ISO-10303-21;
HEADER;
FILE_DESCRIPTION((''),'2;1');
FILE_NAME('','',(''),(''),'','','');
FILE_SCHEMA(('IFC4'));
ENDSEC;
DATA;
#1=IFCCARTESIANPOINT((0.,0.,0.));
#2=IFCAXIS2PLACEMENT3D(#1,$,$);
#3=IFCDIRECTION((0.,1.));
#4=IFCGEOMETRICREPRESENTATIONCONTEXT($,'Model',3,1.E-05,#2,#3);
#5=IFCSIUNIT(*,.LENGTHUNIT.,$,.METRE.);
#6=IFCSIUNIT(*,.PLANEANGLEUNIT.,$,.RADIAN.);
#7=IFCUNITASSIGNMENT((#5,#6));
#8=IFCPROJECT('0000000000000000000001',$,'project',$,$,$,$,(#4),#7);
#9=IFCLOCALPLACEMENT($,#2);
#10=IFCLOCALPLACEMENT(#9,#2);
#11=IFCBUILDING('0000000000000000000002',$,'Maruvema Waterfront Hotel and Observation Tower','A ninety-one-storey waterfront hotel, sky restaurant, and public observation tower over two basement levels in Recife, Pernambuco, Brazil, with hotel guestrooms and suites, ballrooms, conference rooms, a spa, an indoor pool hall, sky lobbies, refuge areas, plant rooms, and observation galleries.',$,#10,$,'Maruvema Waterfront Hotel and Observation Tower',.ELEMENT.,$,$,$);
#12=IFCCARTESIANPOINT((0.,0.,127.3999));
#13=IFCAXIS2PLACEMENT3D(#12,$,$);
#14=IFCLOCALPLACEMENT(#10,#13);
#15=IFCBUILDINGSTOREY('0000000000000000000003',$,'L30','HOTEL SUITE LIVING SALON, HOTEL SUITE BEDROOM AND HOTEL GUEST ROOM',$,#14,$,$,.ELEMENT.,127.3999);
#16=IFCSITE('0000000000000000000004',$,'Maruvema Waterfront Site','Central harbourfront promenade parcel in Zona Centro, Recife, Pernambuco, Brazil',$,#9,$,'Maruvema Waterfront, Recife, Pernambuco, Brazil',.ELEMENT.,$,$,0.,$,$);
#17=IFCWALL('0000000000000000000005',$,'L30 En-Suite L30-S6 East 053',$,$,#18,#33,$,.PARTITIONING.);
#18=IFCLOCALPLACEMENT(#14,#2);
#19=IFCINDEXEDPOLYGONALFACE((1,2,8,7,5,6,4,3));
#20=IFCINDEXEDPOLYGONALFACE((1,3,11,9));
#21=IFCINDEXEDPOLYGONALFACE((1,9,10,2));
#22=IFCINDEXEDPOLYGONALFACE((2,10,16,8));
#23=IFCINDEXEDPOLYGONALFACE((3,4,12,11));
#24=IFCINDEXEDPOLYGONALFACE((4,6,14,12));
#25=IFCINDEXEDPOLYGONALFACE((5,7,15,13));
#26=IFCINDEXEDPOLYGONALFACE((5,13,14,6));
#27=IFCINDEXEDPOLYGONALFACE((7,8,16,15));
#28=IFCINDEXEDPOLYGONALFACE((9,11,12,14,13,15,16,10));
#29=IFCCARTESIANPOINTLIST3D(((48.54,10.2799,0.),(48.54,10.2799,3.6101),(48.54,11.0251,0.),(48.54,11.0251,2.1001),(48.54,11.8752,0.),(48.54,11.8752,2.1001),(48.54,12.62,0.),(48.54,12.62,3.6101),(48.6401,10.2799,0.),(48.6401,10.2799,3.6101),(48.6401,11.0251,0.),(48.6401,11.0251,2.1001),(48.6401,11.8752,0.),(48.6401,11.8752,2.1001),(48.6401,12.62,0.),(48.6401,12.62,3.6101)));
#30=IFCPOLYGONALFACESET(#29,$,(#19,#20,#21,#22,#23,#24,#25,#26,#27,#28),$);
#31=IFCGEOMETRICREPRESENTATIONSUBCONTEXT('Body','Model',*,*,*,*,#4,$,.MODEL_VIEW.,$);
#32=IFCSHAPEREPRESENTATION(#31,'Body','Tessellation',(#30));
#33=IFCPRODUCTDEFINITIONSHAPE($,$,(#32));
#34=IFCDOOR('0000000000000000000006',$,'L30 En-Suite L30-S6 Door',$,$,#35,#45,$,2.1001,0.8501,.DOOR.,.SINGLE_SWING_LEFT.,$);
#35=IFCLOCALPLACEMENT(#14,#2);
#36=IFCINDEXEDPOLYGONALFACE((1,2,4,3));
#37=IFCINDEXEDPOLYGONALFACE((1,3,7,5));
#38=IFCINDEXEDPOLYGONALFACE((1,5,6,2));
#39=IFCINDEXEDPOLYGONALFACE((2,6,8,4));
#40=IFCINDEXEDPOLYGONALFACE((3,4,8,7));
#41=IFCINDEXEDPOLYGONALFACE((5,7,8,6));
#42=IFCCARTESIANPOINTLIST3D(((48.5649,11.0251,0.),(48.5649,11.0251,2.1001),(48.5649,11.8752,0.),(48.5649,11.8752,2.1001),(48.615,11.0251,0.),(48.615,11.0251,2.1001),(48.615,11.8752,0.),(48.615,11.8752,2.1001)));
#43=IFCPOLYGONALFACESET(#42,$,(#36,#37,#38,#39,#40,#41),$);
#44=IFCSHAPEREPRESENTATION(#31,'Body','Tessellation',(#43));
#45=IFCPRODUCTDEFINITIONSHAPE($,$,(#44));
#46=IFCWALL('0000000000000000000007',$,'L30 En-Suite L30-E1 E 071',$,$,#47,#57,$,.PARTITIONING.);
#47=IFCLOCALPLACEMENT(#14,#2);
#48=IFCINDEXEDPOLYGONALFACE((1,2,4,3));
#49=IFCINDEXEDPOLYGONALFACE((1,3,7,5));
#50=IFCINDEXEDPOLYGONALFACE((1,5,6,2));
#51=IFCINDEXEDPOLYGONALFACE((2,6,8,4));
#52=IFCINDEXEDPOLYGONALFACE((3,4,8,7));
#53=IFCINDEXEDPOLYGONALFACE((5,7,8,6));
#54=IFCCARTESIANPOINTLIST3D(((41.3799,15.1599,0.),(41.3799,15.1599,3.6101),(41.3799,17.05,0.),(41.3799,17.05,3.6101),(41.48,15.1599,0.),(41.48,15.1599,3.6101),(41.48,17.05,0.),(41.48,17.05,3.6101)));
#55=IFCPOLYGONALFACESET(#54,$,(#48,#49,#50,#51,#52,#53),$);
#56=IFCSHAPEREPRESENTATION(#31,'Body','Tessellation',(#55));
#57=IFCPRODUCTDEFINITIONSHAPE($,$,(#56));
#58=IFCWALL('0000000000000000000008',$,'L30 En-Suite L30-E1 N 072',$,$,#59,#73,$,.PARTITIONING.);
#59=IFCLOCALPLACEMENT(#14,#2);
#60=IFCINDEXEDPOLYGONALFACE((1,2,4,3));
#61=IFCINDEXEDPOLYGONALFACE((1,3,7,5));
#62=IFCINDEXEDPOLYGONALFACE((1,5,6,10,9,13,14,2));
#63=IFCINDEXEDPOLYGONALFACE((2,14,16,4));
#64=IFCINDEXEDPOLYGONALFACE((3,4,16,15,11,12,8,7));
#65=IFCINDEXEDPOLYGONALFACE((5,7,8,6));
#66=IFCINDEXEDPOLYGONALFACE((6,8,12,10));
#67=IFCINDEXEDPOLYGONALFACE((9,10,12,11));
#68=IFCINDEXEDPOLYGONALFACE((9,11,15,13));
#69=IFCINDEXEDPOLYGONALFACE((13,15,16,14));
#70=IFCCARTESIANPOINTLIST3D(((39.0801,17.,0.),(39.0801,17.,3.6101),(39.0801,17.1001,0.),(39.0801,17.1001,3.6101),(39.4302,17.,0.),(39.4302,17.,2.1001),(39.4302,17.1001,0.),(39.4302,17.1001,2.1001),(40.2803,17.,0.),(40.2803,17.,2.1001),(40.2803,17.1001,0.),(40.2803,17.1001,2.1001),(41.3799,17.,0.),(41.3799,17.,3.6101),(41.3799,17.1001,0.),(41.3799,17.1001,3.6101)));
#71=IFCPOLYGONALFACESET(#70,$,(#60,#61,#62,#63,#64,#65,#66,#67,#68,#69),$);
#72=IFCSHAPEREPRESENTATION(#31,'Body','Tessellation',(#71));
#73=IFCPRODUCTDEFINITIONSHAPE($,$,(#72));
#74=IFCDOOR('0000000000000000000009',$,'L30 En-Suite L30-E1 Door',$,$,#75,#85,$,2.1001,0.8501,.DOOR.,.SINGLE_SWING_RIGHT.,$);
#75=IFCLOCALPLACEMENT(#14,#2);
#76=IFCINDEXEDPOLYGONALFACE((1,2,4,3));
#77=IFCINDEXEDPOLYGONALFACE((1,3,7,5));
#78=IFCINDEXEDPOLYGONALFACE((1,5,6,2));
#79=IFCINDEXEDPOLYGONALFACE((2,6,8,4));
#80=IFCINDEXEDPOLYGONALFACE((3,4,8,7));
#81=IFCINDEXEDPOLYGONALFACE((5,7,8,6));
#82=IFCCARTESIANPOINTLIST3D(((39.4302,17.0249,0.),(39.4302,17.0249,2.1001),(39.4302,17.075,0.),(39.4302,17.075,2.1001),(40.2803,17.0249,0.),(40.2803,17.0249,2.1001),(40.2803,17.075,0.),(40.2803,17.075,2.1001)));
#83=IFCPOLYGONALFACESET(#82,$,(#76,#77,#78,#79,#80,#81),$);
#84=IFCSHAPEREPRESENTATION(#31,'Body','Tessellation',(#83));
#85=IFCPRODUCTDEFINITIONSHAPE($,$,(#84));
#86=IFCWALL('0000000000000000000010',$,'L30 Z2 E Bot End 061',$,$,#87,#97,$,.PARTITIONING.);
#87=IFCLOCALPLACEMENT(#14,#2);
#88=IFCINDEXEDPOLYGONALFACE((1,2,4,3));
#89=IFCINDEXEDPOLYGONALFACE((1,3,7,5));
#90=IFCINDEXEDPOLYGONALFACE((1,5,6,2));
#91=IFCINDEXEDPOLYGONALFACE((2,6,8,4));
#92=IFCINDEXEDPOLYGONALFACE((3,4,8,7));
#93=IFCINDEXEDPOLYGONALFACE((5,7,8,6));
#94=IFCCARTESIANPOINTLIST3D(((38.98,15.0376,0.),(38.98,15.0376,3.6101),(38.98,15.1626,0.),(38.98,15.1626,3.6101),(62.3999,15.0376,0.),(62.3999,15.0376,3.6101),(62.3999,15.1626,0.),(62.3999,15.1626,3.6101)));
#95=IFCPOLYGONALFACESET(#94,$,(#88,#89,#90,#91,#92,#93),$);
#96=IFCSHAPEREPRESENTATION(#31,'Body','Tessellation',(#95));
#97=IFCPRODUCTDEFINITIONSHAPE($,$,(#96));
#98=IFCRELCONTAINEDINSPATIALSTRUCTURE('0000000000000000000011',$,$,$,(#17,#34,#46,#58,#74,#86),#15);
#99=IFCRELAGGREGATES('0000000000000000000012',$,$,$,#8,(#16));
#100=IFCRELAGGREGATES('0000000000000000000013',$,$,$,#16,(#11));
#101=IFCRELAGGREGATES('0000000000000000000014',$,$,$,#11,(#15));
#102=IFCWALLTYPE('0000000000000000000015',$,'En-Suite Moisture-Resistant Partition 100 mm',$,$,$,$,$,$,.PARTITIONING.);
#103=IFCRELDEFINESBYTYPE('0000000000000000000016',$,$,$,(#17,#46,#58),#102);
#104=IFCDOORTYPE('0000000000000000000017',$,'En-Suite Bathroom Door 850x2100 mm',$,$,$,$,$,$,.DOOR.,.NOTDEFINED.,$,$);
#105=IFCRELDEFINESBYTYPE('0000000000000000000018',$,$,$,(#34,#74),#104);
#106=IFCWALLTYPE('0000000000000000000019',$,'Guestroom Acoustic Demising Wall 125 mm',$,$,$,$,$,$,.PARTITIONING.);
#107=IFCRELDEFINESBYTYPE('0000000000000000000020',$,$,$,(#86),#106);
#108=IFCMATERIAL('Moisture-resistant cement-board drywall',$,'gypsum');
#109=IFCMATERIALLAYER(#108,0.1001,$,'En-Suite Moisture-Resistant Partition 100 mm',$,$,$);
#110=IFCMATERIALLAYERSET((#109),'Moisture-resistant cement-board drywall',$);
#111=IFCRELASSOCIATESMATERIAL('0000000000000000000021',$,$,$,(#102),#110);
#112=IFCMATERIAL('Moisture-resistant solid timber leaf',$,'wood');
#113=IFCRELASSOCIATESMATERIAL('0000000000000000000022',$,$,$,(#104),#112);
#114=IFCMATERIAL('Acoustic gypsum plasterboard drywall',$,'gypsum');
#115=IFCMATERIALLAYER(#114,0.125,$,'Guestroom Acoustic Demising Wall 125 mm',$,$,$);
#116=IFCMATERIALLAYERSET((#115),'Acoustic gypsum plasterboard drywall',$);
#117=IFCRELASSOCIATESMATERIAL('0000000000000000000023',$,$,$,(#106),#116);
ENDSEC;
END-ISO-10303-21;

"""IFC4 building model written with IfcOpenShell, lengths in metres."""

from ifc_helpers import new_model, si_unit, direction, frame, frame_2d, origin, place, context, subcontext, project, spatial, rectangle, extrude, material, layer, layer_set, type_object, element, fill, save


model = new_model("IFC4")

# Units and contexts
model_context = context("Model", 3, precision=1e-05, world=origin(), true_north=direction((0.0, 1.0)))
body_context = subcontext(model_context, "Body", "Model", "MODEL_VIEW")
ifc_project = project(units=[si_unit("LENGTHUNIT", "METRE"), si_unit("PLANEANGLEUNIT", "RADIAN")], contexts=[model_context])

# Site, building, storey
site_placement = place(None, origin())
site = spatial("IfcSite", under=ifc_project, at=site_placement, Name="Maruvema Waterfront Site", Description="Central harbourfront promenade parcel in Zona Centro, Recife, Pernambuco, Brazil", LongName="Maruvema Waterfront, Recife, Pernambuco, Brazil", CompositionType="ELEMENT", RefElevation=0.0)
building_placement = place(site_placement, origin())
building = spatial("IfcBuilding", under=site, at=building_placement, Name="Maruvema Waterfront Hotel and Observation Tower", Description="A ninety-one-storey waterfront hotel, sky restaurant, and public observation tower over two basement levels in Recife, Pernambuco, Brazil, with hotel guestrooms and suites, ballrooms, conference rooms, a spa, an indoor pool hall, sky lobbies, refuge areas, plant rooms, and observation galleries.", LongName="Maruvema Waterfront Hotel and Observation Tower", CompositionType="ELEMENT")
storey_placement = place(building_placement, frame((0.0, 0.0, 127.3999)))
storey = spatial("IfcBuildingStorey", under=building, at=storey_placement, Name="L30", Description="HOTEL SUITE LIVING SALON, HOTEL SUITE BEDROOM AND HOTEL GUEST ROOM", CompositionType="ELEMENT", Elevation=127.3999)

# Wall, opening, door
ifc_material_1 = material(Name="Moisture-resistant cement-board drywall", Category="gypsum")
ifc_layer_1 = layer(ifc_material_1, 0.1001, Name="En-Suite Moisture-Resistant Partition 100 mm")
ifc_layer_set_1 = layer_set([ifc_layer_1], Name="Moisture-resistant cement-board drywall")
wall_type_1 = type_object("IfcWallType", Name="En-Suite Moisture-Resistant Partition 100 mm", PredefinedType="PARTITIONING", material=ifc_layer_set_1)
wall_1_placement = place(storey_placement, frame((48.5901, 10.28, 0.0), z_axis=(0.0, 0.0, 1.0), x_axis=(0.0, 1.0, 0.0)))
wall_1 = element("IfcWall", 1, at=wall_1_placement, inside=storey, type_object=wall_type_1, Name="L30 En-Suite L30-S6 East 053", PredefinedType="PARTITIONING", context=body_context, shape_type="SweptSolid", body=[
    extrude(rectangle(XDim=2.3401, YDim=0.1001, at=frame_2d((1.1699, 0.0))), origin(), (0.0, 0.0, 1.0), 3.6101),
])
opening_1_placement = place(wall_1_placement, frame((0.7451, 0.0, 0.0)))
opening_1 = element("IfcOpeningElement", 2, at=opening_1_placement, cuts=wall_1, PredefinedType="OPENING", context=body_context, shape_type="SweptSolid", body=[
    extrude(rectangle(XDim=0.8501, YDim=2.1001, at=frame_2d((0.425, 1.05))), frame((0.0, 0.0601, 0.0), z_axis=(0.0, -1.0, 0.0), x_axis=(1.0, 0.0, 0.0)), (0.0, 0.0, 1.0), 0.1201),
])
ifc_material_2 = material(Name="Moisture-resistant solid timber leaf", Category="wood")
door_type_1 = type_object("IfcDoorType", Name="En-Suite Bathroom Door 850x2100 mm", OperationType="NOTDEFINED", PredefinedType="DOOR", material=ifc_material_2)
door_1_placement = place(opening_1_placement, frame((0.8501, 0.0, 0.0), z_axis=(0.0, 0.0, 1.0), x_axis=(-1.0, 0.0, 0.0)))
door_1 = element("IfcDoor", 3, at=door_1_placement, inside=storey, type_object=door_type_1, Name="L30 En-Suite L30-S6 Door", OperationType="SINGLE_SWING_LEFT", OverallHeight=2.1001, OverallWidth=0.8501, PredefinedType="DOOR", context=body_context, shape_type="SweptSolid", body=[
    extrude(rectangle(XDim=0.8501, YDim=2.1001, at=frame_2d((0.425, 1.05))), frame((0.0, 0.0249, 0.0), z_axis=(0.0, -1.0, 0.0), x_axis=(1.0, 0.0, 0.0)), (0.0, 0.0, 1.0), 0.05),
])
fill(opening_1, door_1)

# Wall
wall_2_placement = place(storey_placement, frame((41.4299, 15.1599, 0.0), z_axis=(0.0, 0.0, 1.0), x_axis=(0.0, 1.0, 0.0)))
element("IfcWall", 4, at=wall_2_placement, inside=storey, type_object=wall_type_1, Name="L30 En-Suite L30-E1 E 071", PredefinedType="PARTITIONING", context=body_context, shape_type="SweptSolid", body=[
    extrude(rectangle(XDim=1.8901, YDim=0.1001, at=frame_2d((0.9451, 0.0))), origin(), (0.0, 0.0, 1.0), 3.6101),
])

# Wall, opening, door
wall_3_placement = place(storey_placement, frame((39.0801, 17.05, 0.0), z_axis=(0.0, 0.0, 1.0), x_axis=(1.0, 0.0, 0.0)))
wall_3 = element("IfcWall", 5, at=wall_3_placement, inside=storey, type_object=wall_type_1, Name="L30 En-Suite L30-E1 N 072", PredefinedType="PARTITIONING", context=body_context, shape_type="SweptSolid", body=[
    extrude(rectangle(XDim=2.2998, YDim=0.1001, at=frame_2d((1.1499, 0.0))), origin(), (0.0, 0.0, 1.0), 3.6101),
])
opening_2_placement = place(wall_3_placement, frame((0.3501, 0.0, 0.0)))
opening_2 = element("IfcOpeningElement", 6, at=opening_2_placement, cuts=wall_3, PredefinedType="OPENING", context=body_context, shape_type="SweptSolid", body=[
    extrude(rectangle(XDim=0.8501, YDim=2.1001, at=frame_2d((0.425, 1.05))), frame((0.0, 0.0601, 0.0), z_axis=(0.0, -1.0, 0.0), x_axis=(1.0, 0.0, 0.0)), (0.0, 0.0, 1.0), 0.1201),
])
door_2_placement = place(opening_2_placement, origin())
door_2 = element("IfcDoor", 7, at=door_2_placement, inside=storey, type_object=door_type_1, Name="L30 En-Suite L30-E1 Door", OperationType="SINGLE_SWING_RIGHT", OverallHeight=2.1001, OverallWidth=0.8501, PredefinedType="DOOR", context=body_context, shape_type="SweptSolid", body=[
    extrude(rectangle(XDim=0.8501, YDim=2.1001, at=frame_2d((0.425, 1.05))), frame((0.0, 0.0249, 0.0), z_axis=(0.0, -1.0, 0.0), x_axis=(1.0, 0.0, 0.0)), (0.0, 0.0, 1.0), 0.05),
])
fill(opening_2, door_2)

# Wall
ifc_material_3 = material(Name="Acoustic gypsum plasterboard drywall", Category="gypsum")
ifc_layer_2 = layer(ifc_material_3, 0.125, Name="Guestroom Acoustic Demising Wall 125 mm")
ifc_layer_set_2 = layer_set([ifc_layer_2], Name="Acoustic gypsum plasterboard drywall")
wall_type_2 = type_object("IfcWallType", Name="Guestroom Acoustic Demising Wall 125 mm", PredefinedType="PARTITIONING", material=ifc_layer_set_2)
wall_4_placement = place(storey_placement, frame((38.98, 15.1001, 0.0), z_axis=(0.0, 0.0, 1.0), x_axis=(1.0, 0.0, 0.0)))
element("IfcWall", 8, at=wall_4_placement, inside=storey, type_object=wall_type_2, Name="L30 Z2 E Bot End 061", PredefinedType="PARTITIONING", context=body_context, shape_type="SweptSolid", body=[
    extrude(rectangle(XDim=23.4199, YDim=0.125, at=frame_2d((11.71, 0.0))), origin(), (0.0, 0.0, 1.0), 3.6101),
])

save(model, "model.ifc")
